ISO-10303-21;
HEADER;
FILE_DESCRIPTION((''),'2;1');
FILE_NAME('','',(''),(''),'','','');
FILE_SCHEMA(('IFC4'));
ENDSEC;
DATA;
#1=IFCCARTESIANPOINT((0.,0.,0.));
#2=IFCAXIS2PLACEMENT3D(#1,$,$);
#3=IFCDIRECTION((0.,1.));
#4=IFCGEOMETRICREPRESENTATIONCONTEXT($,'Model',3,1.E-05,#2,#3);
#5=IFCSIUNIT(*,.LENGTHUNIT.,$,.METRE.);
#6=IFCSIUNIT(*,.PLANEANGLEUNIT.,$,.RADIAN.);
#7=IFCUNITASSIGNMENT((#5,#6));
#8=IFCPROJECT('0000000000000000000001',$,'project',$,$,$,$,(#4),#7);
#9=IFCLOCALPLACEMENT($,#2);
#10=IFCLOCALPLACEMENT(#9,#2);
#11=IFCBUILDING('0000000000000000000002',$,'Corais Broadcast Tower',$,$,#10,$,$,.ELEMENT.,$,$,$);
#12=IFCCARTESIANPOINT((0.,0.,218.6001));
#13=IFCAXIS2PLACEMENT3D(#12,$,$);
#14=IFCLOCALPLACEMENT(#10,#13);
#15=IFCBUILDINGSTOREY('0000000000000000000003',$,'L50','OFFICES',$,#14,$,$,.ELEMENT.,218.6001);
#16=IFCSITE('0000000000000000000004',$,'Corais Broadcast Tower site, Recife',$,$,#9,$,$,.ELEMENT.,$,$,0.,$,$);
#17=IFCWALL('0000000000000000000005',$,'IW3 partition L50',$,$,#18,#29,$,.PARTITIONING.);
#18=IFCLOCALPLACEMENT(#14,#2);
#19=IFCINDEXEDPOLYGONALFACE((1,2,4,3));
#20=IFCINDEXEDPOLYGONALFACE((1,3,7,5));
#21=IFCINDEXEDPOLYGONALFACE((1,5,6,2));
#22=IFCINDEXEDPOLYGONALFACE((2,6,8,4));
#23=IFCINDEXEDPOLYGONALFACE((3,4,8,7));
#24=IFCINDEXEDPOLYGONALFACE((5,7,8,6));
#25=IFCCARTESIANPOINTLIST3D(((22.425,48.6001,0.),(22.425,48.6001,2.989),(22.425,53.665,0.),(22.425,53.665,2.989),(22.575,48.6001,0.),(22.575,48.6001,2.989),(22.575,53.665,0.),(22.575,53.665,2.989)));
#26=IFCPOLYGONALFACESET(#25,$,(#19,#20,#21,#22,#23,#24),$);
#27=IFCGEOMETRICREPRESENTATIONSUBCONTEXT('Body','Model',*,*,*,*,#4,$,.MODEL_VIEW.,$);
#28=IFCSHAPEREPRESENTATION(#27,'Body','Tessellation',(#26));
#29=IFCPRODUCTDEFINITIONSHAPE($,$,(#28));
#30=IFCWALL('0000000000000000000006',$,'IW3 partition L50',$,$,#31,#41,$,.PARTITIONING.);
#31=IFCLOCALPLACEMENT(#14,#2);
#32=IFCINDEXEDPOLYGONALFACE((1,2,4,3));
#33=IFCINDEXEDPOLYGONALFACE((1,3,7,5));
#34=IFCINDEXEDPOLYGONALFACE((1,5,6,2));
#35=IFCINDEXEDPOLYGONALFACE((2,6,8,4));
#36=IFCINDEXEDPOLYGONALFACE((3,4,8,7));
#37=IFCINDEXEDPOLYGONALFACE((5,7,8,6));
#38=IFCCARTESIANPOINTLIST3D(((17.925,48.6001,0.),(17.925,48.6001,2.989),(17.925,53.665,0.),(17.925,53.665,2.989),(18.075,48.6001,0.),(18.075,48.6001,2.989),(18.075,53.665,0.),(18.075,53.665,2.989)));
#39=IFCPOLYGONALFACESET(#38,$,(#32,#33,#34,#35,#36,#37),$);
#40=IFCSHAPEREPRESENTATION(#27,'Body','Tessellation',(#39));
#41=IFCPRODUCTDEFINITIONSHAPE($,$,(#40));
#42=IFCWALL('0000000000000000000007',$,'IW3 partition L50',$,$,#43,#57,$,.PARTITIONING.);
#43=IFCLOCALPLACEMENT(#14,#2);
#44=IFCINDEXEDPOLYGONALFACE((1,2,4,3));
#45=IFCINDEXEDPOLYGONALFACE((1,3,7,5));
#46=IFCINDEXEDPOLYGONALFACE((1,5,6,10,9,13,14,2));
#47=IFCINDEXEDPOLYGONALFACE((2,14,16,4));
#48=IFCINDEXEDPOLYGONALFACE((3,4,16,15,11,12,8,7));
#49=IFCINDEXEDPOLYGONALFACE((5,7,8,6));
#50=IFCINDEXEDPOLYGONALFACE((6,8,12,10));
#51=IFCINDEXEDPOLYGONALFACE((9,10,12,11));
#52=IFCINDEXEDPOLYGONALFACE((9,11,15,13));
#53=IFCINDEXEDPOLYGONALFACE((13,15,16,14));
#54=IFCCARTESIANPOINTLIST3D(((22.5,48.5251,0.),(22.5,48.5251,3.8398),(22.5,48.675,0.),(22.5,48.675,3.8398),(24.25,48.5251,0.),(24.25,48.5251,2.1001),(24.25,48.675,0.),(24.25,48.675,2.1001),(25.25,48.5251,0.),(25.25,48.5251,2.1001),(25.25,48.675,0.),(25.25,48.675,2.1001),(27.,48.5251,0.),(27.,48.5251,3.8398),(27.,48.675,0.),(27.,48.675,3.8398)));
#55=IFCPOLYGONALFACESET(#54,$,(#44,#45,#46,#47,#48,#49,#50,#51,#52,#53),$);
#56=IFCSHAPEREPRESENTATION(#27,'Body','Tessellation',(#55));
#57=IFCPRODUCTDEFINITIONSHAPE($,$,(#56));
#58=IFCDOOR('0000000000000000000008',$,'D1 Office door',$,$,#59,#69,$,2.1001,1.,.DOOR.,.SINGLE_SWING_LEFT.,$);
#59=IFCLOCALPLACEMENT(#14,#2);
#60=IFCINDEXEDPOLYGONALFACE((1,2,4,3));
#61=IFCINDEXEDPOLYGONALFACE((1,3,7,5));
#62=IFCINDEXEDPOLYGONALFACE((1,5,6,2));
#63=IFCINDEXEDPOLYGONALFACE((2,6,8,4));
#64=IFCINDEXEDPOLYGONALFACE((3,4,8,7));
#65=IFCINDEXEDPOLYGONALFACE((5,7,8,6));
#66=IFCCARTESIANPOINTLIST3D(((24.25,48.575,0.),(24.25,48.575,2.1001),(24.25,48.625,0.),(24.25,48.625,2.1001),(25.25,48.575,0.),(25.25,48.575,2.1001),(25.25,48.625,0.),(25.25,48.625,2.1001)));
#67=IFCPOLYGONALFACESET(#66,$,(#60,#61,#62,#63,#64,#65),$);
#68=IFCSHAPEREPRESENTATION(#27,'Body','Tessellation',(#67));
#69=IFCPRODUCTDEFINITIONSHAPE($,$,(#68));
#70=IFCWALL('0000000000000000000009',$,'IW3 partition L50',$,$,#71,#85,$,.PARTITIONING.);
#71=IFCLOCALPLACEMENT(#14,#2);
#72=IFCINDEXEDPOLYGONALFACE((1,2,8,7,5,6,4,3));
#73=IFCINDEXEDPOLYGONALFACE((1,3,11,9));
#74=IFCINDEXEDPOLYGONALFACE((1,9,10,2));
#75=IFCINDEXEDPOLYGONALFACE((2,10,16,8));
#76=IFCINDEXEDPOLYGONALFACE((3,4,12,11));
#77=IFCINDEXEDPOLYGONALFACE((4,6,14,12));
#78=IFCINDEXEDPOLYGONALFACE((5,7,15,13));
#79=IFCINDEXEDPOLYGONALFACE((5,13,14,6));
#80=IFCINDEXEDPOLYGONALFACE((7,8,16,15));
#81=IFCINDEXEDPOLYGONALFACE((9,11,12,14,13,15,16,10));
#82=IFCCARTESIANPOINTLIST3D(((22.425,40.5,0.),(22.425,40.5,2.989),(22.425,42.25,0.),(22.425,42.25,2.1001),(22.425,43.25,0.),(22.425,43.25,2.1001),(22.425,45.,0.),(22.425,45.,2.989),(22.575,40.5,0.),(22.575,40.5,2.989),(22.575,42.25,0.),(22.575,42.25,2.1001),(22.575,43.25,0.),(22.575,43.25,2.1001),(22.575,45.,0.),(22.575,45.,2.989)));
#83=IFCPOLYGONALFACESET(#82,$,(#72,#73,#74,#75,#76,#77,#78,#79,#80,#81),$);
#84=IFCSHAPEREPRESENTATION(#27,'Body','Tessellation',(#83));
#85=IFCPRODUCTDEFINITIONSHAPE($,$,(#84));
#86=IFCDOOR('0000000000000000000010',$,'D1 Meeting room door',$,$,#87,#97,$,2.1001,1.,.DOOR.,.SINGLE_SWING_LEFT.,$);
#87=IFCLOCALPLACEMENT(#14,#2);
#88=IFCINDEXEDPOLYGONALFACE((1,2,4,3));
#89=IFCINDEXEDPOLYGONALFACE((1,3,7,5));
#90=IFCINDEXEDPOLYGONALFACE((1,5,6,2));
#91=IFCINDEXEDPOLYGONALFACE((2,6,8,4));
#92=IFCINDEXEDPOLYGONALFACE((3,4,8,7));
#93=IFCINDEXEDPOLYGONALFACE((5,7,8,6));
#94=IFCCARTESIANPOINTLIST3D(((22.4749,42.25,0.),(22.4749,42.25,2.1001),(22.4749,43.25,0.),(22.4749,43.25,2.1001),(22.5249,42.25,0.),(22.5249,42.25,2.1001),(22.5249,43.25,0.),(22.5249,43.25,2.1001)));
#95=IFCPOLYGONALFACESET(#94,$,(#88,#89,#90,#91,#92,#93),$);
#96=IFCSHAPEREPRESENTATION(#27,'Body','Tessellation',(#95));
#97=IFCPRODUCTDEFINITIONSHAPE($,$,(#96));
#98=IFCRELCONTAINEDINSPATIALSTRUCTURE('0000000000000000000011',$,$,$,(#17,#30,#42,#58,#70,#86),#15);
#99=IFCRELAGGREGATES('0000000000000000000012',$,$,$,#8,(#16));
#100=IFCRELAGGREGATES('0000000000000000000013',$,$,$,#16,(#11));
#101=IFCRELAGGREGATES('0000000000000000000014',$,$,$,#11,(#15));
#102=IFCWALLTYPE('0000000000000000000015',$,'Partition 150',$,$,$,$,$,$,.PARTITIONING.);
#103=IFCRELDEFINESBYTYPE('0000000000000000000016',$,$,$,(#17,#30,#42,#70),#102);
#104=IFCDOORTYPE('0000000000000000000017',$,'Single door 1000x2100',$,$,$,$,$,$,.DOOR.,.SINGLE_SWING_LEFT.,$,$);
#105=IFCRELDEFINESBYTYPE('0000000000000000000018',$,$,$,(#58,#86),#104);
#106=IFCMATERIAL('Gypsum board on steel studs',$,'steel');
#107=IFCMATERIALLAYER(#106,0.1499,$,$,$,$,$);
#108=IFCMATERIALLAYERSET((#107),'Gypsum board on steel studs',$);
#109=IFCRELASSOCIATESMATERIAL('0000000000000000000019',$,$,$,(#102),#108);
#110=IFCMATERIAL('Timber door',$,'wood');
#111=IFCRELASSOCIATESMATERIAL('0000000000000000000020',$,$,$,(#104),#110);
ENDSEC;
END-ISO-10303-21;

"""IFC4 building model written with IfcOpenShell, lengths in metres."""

from ifc_helpers import new_model, si_unit, direction, frame, frame_2d, origin, place, context, subcontext, project, spatial, rectangle, extrude, material, layer, layer_set, type_object, element, fill, save


model = new_model("IFC4")

# Units and contexts
model_context = context("Model", 3, precision=1e-05, world=origin(), true_north=direction((0.0, 1.0)))
body_context = subcontext(model_context, "Body", "Model", "MODEL_VIEW")
ifc_project = project(units=[si_unit("LENGTHUNIT", "METRE"), si_unit("PLANEANGLEUNIT", "RADIAN")], contexts=[model_context])

# Site, building, storey
site_placement = place(None, origin())
site = spatial("IfcSite", under=ifc_project, at=site_placement, Name="Corais Broadcast Tower site, Recife", CompositionType="ELEMENT", RefElevation=0.0)
building_placement = place(site_placement, origin())
building = spatial("IfcBuilding", under=site, at=building_placement, Name="Corais Broadcast Tower", CompositionType="ELEMENT")
storey_placement = place(building_placement, frame((0.0, 0.0, 218.6001)))
storey = spatial("IfcBuildingStorey", under=building, at=storey_placement, Name="L50", Description="OFFICES", CompositionType="ELEMENT", Elevation=218.6001)

# Shared definitions
ifc_material_1 = material(Name="Gypsum board on steel studs", Category="steel")
ifc_layer_1 = layer(ifc_material_1, 0.1499)
ifc_layer_set_1 = layer_set([ifc_layer_1], Name="Gypsum board on steel studs")
wall_type = type_object("IfcWallType", Name="Partition 150", PredefinedType="PARTITIONING", material=ifc_layer_set_1)

# Shared definitions
ifc_material_2 = material(Name="Timber door", Category="wood")
door_type = type_object("IfcDoorType", Name="Single door 1000x2100", OperationType="SINGLE_SWING_LEFT", PredefinedType="DOOR", material=ifc_material_2)

# Walls
for number, where, z_axis, x_axis, name in (
    (1, (22.5, 48.6001, 0.0), (0.0, 0.0, 1.0), (0.0, 1.0, 0.0), "IW3 partition L50"),
    (2, (18.0, 53.665, 0.0), (0.0, 0.0, 1.0), (0.0, -1.0, 0.0), "IW3 partition L50"),
):
    element("IfcWall", number, at=place(storey_placement, frame(where, z_axis=z_axis, x_axis=x_axis)), inside=storey, type_object=wall_type, Name=name, PredefinedType="PARTITIONING", context=body_context, shape_type="SweptSolid", body=[
        extrude(rectangle(XDim=5.0649, YDim=0.1499, at=frame_2d((2.5325, 0.0))), origin(), (0.0, 0.0, 1.0), 2.989),
    ])

# Walls, openings, doors
wall_1_placement = place(storey_placement, frame((22.5, 48.6001, 0.0), z_axis=(0.0, 0.0, 1.0), x_axis=(1.0, 0.0, 0.0)))
wall_1 = element("IfcWall", 3, at=wall_1_placement, inside=storey, type_object=wall_type, Name="IW3 partition L50", PredefinedType="PARTITIONING", context=body_context, shape_type="SweptSolid", body=[
    extrude(rectangle(XDim=4.5, YDim=0.1499, at=frame_2d((2.25, 0.0))), origin(), (0.0, 0.0, 1.0), 3.8398),
])
opening_1_placement = place(wall_1_placement, frame((1.75, 0.0, 0.0)))
opening_1 = element("IfcOpeningElement", 4, at=opening_1_placement, cuts=wall_1, PredefinedType="OPENING", context=body_context, shape_type="SweptSolid", body=[
    extrude(rectangle(XDim=1.0, YDim=2.1001, at=frame_2d((0.5, 1.05))), frame((0.0, 0.085, 0.0), z_axis=(0.0, -1.0, 0.0), x_axis=(1.0, 0.0, 0.0)), (0.0, 0.0, 1.0), 0.1699),
])
door_1_placement = place(opening_1_placement, origin())
door_1 = element("IfcDoor", 5, at=door_1_placement, inside=storey, type_object=door_type, Name="D1 Office door", OperationType="SINGLE_SWING_LEFT", OverallHeight=2.1001, OverallWidth=1.0, PredefinedType="DOOR", context=body_context, shape_type="SweptSolid", body=[
    extrude(rectangle(XDim=1.0, YDim=2.1001, at=frame_2d((0.5, 1.05))), frame((0.0, 0.0249, 0.0), z_axis=(0.0, -1.0, 0.0), x_axis=(1.0, 0.0, 0.0)), (0.0, 0.0, 1.0), 0.05),
])
fill(opening_1, door_1)
wall_2_placement = place(storey_placement, frame((22.5, 45.0, 0.0), z_axis=(0.0, 0.0, 1.0), x_axis=(0.0, -1.0, 0.0)))
wall_2 = element("IfcWall", 6, at=wall_2_placement, inside=storey, type_object=wall_type, Name="IW3 partition L50", PredefinedType="PARTITIONING", context=body_context, shape_type="SweptSolid", body=[
    extrude(rectangle(XDim=4.5, YDim=0.1499, at=frame_2d((2.25, 0.0))), origin(), (0.0, 0.0, 1.0), 2.989),
])
opening_2_placement = place(wall_2_placement, frame((1.75, 0.0, 0.0)))
opening_2 = element("IfcOpeningElement", 7, at=opening_2_placement, cuts=wall_2, PredefinedType="OPENING", context=body_context, shape_type="SweptSolid", body=[
    extrude(rectangle(XDim=1.0, YDim=2.1001, at=frame_2d((0.5, 1.05))), frame((0.0, 0.085, 0.0), z_axis=(0.0, -1.0, 0.0), x_axis=(1.0, 0.0, 0.0)), (0.0, 0.0, 1.0), 0.1699),
])
door_2_placement = place(opening_2_placement, origin())
door_2 = element("IfcDoor", 8, at=door_2_placement, inside=storey, type_object=door_type, Name="D1 Meeting room door", OperationType="SINGLE_SWING_LEFT", OverallHeight=2.1001, OverallWidth=1.0, PredefinedType="DOOR", context=body_context, shape_type="SweptSolid", body=[
    extrude(rectangle(XDim=1.0, YDim=2.1001, at=frame_2d((0.5, 1.05))), frame((0.0, 0.0249, 0.0), z_axis=(0.0, -1.0, 0.0), x_axis=(1.0, 0.0, 0.0)), (0.0, 0.0, 1.0), 0.05),
])
fill(opening_2, door_2)

save(model, "model.ifc")
